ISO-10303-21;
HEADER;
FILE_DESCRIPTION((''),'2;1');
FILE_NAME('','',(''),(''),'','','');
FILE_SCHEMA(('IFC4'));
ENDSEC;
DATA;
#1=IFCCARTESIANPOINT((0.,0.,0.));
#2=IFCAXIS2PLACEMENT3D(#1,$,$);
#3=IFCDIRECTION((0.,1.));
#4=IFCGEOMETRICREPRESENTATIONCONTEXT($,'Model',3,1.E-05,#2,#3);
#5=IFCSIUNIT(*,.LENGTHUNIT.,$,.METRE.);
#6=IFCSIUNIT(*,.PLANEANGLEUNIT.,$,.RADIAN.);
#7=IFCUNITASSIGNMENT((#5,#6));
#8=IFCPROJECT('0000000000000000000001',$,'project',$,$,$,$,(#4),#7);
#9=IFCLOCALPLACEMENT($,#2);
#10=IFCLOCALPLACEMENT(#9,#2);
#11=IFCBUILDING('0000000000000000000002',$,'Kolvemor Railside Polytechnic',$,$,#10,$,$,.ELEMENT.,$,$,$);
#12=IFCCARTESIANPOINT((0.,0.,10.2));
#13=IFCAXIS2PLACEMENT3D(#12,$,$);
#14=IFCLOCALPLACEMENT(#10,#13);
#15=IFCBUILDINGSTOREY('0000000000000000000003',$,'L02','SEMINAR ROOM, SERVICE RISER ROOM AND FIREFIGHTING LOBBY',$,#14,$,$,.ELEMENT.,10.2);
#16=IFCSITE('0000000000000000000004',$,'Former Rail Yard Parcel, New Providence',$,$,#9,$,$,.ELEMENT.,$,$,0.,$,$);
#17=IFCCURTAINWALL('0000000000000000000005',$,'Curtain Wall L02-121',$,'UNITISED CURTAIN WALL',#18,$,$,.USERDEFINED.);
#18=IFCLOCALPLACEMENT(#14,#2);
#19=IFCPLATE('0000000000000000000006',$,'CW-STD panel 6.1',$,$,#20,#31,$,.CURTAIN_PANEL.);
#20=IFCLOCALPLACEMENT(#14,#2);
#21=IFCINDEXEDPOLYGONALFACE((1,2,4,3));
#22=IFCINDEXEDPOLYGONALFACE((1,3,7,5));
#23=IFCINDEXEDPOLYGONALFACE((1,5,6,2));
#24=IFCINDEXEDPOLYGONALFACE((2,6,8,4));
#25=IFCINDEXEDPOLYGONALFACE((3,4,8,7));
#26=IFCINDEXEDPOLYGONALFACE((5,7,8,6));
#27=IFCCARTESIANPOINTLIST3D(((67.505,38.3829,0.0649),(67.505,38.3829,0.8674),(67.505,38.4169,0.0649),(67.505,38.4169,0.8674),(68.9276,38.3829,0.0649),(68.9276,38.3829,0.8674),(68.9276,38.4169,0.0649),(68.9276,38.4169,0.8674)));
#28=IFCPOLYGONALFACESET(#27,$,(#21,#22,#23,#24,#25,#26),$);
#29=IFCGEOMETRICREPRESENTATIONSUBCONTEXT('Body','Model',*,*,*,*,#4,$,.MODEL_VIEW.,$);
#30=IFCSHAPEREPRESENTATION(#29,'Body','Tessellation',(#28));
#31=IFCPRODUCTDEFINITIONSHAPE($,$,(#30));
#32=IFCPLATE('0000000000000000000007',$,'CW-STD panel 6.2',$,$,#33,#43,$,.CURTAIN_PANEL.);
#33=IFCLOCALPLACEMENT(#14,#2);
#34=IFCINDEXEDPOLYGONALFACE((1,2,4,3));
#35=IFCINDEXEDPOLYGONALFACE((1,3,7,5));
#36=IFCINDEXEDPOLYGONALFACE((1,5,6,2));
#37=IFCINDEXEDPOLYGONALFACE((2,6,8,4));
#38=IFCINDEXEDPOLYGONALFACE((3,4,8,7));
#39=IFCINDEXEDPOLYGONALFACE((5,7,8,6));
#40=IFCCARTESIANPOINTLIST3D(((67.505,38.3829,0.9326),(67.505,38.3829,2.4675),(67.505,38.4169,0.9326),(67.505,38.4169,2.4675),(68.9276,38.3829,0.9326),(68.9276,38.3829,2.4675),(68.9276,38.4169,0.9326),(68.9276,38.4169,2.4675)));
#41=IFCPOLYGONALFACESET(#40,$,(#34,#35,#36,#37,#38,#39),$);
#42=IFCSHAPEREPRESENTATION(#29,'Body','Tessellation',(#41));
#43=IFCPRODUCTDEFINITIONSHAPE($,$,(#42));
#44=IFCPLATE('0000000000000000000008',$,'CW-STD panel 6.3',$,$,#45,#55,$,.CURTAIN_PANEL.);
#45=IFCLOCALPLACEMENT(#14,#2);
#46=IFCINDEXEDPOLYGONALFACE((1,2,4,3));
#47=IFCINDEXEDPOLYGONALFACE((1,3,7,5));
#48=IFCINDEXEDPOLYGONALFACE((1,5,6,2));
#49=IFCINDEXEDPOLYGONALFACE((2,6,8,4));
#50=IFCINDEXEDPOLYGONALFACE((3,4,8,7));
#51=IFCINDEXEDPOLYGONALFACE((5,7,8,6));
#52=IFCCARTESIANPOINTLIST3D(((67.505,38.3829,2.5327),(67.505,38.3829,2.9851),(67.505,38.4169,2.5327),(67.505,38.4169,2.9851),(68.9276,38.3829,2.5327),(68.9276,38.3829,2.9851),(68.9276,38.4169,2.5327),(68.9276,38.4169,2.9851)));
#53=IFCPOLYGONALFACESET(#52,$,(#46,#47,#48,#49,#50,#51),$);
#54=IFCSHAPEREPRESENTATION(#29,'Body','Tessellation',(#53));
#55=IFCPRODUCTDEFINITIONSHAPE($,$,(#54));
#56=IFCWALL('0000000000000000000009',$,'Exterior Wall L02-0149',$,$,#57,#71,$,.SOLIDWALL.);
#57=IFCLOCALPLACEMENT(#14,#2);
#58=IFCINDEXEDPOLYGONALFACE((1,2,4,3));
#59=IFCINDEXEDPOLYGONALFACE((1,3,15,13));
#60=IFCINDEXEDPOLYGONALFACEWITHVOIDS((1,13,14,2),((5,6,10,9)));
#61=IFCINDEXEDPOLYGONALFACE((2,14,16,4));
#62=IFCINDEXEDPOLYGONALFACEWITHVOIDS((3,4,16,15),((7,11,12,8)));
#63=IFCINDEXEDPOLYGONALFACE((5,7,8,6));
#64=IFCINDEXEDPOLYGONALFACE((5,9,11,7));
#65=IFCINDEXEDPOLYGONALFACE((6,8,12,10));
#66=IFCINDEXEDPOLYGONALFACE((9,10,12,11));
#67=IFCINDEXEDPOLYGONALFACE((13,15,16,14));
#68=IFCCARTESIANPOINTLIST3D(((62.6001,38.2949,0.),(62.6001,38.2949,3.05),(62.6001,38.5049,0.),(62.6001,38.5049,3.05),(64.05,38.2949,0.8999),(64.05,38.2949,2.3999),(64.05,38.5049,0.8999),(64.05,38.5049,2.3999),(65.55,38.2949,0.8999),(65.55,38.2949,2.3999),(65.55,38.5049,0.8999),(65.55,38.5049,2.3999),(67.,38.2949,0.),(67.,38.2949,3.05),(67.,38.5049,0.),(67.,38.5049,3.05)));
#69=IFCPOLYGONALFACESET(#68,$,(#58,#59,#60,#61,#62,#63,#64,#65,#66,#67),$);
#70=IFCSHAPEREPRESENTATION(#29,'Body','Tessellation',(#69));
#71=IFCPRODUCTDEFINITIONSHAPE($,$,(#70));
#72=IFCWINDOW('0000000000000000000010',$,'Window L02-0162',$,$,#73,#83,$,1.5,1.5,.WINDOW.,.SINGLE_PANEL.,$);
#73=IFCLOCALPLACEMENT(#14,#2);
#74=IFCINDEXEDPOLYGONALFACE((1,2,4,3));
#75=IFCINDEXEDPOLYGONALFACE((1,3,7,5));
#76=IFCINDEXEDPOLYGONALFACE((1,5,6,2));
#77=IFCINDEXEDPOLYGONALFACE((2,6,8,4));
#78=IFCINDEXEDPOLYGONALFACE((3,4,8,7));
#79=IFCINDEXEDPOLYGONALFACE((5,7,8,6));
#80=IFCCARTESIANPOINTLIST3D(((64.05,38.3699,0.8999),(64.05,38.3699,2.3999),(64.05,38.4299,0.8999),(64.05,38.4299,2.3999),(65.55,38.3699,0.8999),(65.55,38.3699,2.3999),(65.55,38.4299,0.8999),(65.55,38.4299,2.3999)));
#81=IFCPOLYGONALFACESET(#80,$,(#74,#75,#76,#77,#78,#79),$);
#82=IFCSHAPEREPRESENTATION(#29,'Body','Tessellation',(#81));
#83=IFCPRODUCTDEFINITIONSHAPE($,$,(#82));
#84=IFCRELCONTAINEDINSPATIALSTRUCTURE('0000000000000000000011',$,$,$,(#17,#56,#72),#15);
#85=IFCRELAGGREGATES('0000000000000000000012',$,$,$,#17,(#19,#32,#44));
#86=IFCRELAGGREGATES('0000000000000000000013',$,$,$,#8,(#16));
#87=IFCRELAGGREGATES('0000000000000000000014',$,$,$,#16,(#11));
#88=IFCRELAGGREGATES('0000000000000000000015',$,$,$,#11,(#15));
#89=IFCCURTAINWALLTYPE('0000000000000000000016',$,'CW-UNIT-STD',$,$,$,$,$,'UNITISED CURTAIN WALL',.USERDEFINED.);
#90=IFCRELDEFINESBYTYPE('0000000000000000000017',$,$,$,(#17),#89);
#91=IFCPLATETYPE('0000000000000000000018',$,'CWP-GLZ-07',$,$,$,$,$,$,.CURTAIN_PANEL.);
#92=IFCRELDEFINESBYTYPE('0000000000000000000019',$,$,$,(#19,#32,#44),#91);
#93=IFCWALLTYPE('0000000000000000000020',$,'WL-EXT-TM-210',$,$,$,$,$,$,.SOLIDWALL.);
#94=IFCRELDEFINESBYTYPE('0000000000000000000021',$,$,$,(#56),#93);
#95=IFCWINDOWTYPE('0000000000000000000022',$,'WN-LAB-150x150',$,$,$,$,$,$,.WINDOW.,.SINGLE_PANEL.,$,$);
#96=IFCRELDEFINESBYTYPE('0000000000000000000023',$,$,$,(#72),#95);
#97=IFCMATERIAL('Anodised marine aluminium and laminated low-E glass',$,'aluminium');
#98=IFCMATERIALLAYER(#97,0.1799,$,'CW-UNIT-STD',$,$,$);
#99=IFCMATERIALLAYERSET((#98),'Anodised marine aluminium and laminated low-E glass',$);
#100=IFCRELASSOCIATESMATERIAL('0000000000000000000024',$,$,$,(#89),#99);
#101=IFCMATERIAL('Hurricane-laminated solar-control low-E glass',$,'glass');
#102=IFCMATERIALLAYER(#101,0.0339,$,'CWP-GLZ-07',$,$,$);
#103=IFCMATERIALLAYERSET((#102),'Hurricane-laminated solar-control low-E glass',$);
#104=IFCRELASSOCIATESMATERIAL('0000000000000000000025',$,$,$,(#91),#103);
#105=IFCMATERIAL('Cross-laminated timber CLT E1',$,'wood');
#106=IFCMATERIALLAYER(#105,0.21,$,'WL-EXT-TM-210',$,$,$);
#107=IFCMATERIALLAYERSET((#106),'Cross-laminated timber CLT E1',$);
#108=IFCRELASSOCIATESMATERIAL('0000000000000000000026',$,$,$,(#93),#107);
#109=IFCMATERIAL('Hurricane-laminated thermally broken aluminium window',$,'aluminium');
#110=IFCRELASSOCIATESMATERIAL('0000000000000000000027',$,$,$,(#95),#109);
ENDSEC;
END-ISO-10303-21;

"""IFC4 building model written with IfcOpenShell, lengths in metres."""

from ifc_helpers import new_model, si_unit, direction, frame, frame_2d, origin, origin_2d, place, context, subcontext, project, spatial, rectangle, extrude, material, layer, layer_set, type_object, element, fill, aggregate, save


model = new_model("IFC4")

# Units and contexts
model_context = context("Model", 3, precision=1e-05, world=origin(), true_north=direction((0.0, 1.0)))
body_context = subcontext(model_context, "Body", "Model", "MODEL_VIEW")
ifc_project = project(units=[si_unit("LENGTHUNIT", "METRE"), si_unit("PLANEANGLEUNIT", "RADIAN")], contexts=[model_context])

# Site, building, storey
site_placement = place(None, origin())
site = spatial("IfcSite", under=ifc_project, at=site_placement, Name="Former Rail Yard Parcel, New Providence", CompositionType="ELEMENT", RefElevation=0.0)
building_placement = place(site_placement, origin())
building = spatial("IfcBuilding", under=site, at=building_placement, Name="Kolvemor Railside Polytechnic", CompositionType="ELEMENT")
storey_placement = place(building_placement, frame((0.0, 0.0, 10.2)))
storey = spatial("IfcBuildingStorey", under=building, at=storey_placement, Name="L02", Description="SEMINAR ROOM, SERVICE RISER ROOM AND FIREFIGHTING LOBBY", CompositionType="ELEMENT", Elevation=10.2)

# Curtain wall, plates
ifc_material_1 = material(Name="Anodised marine aluminium and laminated low-E glass", Category="aluminium")
ifc_layer_1 = layer(ifc_material_1, 0.1799, Name="CW-UNIT-STD")
ifc_layer_set_1 = layer_set([ifc_layer_1], Name="Anodised marine aluminium and laminated low-E glass")
curtain_wall_type = type_object("IfcCurtainWallType", Name="CW-UNIT-STD", ElementType="UNITISED CURTAIN WALL", PredefinedType="USERDEFINED", material=ifc_layer_set_1)
curtain_wall_placement = place(storey_placement, origin())
curtain_wall = element("IfcCurtainWall", 1, at=curtain_wall_placement, inside=storey, type_object=curtain_wall_type, Name="Curtain Wall L02-121", ObjectType="UNITISED CURTAIN WALL", PredefinedType="USERDEFINED")
ifc_material_2 = material(Name="Hurricane-laminated solar-control low-E glass", Category="glass")
ifc_layer_2 = layer(ifc_material_2, 0.0339, Name="CWP-GLZ-07")
ifc_layer_set_2 = layer_set([ifc_layer_2], Name="Hurricane-laminated solar-control low-E glass")
plate_type = type_object("IfcPlateType", Name="CWP-GLZ-07", PredefinedType="CURTAIN_PANEL", material=ifc_layer_set_2)
plate_1_placement = place(storey_placement, frame((68.2163, 38.3999, 0.0649), z_axis=(0.0, 0.0, 1.0), x_axis=(-1.0, 0.0, 0.0)))
plate_1 = element("IfcPlate", 2, at=plate_1_placement, type_object=plate_type, Name="CW-STD panel 6.1", PredefinedType="CURTAIN_PANEL", context=body_context, shape_type="SweptSolid", body=[
    extrude(rectangle(XDim=1.4226, YDim=0.0339, at=origin_2d()), origin(), (0.0, 0.0, 1.0), 0.8025),
])
plate_2_placement = place(storey_placement, frame((68.2163, 38.3999, 0.9326), z_axis=(0.0, 0.0, 1.0), x_axis=(-1.0, 0.0, 0.0)))
plate_2 = element("IfcPlate", 3, at=plate_2_placement, type_object=plate_type, Name="CW-STD panel 6.2", PredefinedType="CURTAIN_PANEL", context=body_context, shape_type="SweptSolid", body=[
    extrude(rectangle(XDim=1.4226, YDim=0.0339, at=origin_2d()), origin(), (0.0, 0.0, 1.0), 1.5349),
])
plate_3_placement = place(storey_placement, frame((68.2163, 38.3999, 2.5327), z_axis=(0.0, 0.0, 1.0), x_axis=(-1.0, 0.0, 0.0)))
plate_3 = element("IfcPlate", 4, at=plate_3_placement, type_object=plate_type, Name="CW-STD panel 6.3", PredefinedType="CURTAIN_PANEL", context=body_context, shape_type="SweptSolid", body=[
    extrude(rectangle(XDim=1.4226, YDim=0.0339, at=origin_2d()), origin(), (0.0, 0.0, 1.0), 0.4524),
])
aggregate(curtain_wall, [plate_1, plate_2, plate_3])

# Wall, opening, window
ifc_material_3 = material(Name="Cross-laminated timber CLT E1", Category="wood")
ifc_layer_3 = layer(ifc_material_3, 0.21, Name="WL-EXT-TM-210")
ifc_layer_set_3 = layer_set([ifc_layer_3], Name="Cross-laminated timber CLT E1")
wall_type = type_object("IfcWallType", Name="WL-EXT-TM-210", PredefinedType="SOLIDWALL", material=ifc_layer_set_3)
wall_placement = place(storey_placement, frame((67.0, 38.3999, 0.0), z_axis=(0.0, 0.0, 1.0), x_axis=(-1.0, 0.0, 0.0)))
wall = element("IfcWall", 5, at=wall_placement, inside=storey, type_object=wall_type, Name="Exterior Wall L02-0149", PredefinedType="SOLIDWALL", context=body_context, shape_type="SweptSolid", body=[
    extrude(rectangle(XDim=4.3999, YDim=0.21, at=frame_2d((2.2, 0.0))), origin(), (0.0, 0.0, 1.0), 3.05),
])
opening_placement = place(wall_placement, frame((1.45, 0.0, 0.8999)))
opening = element("IfcOpeningElement", 6, at=opening_placement, cuts=wall, PredefinedType="OPENING", context=body_context, shape_type="SweptSolid", body=[
    extrude(rectangle(XDim=1.5, YDim=1.5, at=frame_2d((0.75, 0.75))), frame((0.0, 0.115, 0.0), z_axis=(0.0, -1.0, 0.0), x_axis=(1.0, 0.0, 0.0)), (0.0, 0.0, 1.0), 0.23),
])
ifc_material_4 = material(Name="Hurricane-laminated thermally broken aluminium window", Category="aluminium")
window_type = type_object("IfcWindowType", Name="WN-LAB-150x150", PartitioningType="SINGLE_PANEL", PredefinedType="WINDOW", material=ifc_material_4)
window_placement = place(opening_placement, origin())
window = element("IfcWindow", 7, at=window_placement, inside=storey, type_object=window_type, Name="Window L02-0162", OverallHeight=1.5, OverallWidth=1.5, PartitioningType="SINGLE_PANEL", PredefinedType="WINDOW", context=body_context, shape_type="SweptSolid", body=[
    extrude(rectangle(XDim=1.5, YDim=1.5, at=frame_2d((0.75, 0.75))), frame((0.0, 0.03, 0.0), z_axis=(0.0, -1.0, 0.0), x_axis=(1.0, 0.0, 0.0)), (0.0, 0.0, 1.0), 0.0601),
])
fill(opening, window)

save(model, "model.ifc")
